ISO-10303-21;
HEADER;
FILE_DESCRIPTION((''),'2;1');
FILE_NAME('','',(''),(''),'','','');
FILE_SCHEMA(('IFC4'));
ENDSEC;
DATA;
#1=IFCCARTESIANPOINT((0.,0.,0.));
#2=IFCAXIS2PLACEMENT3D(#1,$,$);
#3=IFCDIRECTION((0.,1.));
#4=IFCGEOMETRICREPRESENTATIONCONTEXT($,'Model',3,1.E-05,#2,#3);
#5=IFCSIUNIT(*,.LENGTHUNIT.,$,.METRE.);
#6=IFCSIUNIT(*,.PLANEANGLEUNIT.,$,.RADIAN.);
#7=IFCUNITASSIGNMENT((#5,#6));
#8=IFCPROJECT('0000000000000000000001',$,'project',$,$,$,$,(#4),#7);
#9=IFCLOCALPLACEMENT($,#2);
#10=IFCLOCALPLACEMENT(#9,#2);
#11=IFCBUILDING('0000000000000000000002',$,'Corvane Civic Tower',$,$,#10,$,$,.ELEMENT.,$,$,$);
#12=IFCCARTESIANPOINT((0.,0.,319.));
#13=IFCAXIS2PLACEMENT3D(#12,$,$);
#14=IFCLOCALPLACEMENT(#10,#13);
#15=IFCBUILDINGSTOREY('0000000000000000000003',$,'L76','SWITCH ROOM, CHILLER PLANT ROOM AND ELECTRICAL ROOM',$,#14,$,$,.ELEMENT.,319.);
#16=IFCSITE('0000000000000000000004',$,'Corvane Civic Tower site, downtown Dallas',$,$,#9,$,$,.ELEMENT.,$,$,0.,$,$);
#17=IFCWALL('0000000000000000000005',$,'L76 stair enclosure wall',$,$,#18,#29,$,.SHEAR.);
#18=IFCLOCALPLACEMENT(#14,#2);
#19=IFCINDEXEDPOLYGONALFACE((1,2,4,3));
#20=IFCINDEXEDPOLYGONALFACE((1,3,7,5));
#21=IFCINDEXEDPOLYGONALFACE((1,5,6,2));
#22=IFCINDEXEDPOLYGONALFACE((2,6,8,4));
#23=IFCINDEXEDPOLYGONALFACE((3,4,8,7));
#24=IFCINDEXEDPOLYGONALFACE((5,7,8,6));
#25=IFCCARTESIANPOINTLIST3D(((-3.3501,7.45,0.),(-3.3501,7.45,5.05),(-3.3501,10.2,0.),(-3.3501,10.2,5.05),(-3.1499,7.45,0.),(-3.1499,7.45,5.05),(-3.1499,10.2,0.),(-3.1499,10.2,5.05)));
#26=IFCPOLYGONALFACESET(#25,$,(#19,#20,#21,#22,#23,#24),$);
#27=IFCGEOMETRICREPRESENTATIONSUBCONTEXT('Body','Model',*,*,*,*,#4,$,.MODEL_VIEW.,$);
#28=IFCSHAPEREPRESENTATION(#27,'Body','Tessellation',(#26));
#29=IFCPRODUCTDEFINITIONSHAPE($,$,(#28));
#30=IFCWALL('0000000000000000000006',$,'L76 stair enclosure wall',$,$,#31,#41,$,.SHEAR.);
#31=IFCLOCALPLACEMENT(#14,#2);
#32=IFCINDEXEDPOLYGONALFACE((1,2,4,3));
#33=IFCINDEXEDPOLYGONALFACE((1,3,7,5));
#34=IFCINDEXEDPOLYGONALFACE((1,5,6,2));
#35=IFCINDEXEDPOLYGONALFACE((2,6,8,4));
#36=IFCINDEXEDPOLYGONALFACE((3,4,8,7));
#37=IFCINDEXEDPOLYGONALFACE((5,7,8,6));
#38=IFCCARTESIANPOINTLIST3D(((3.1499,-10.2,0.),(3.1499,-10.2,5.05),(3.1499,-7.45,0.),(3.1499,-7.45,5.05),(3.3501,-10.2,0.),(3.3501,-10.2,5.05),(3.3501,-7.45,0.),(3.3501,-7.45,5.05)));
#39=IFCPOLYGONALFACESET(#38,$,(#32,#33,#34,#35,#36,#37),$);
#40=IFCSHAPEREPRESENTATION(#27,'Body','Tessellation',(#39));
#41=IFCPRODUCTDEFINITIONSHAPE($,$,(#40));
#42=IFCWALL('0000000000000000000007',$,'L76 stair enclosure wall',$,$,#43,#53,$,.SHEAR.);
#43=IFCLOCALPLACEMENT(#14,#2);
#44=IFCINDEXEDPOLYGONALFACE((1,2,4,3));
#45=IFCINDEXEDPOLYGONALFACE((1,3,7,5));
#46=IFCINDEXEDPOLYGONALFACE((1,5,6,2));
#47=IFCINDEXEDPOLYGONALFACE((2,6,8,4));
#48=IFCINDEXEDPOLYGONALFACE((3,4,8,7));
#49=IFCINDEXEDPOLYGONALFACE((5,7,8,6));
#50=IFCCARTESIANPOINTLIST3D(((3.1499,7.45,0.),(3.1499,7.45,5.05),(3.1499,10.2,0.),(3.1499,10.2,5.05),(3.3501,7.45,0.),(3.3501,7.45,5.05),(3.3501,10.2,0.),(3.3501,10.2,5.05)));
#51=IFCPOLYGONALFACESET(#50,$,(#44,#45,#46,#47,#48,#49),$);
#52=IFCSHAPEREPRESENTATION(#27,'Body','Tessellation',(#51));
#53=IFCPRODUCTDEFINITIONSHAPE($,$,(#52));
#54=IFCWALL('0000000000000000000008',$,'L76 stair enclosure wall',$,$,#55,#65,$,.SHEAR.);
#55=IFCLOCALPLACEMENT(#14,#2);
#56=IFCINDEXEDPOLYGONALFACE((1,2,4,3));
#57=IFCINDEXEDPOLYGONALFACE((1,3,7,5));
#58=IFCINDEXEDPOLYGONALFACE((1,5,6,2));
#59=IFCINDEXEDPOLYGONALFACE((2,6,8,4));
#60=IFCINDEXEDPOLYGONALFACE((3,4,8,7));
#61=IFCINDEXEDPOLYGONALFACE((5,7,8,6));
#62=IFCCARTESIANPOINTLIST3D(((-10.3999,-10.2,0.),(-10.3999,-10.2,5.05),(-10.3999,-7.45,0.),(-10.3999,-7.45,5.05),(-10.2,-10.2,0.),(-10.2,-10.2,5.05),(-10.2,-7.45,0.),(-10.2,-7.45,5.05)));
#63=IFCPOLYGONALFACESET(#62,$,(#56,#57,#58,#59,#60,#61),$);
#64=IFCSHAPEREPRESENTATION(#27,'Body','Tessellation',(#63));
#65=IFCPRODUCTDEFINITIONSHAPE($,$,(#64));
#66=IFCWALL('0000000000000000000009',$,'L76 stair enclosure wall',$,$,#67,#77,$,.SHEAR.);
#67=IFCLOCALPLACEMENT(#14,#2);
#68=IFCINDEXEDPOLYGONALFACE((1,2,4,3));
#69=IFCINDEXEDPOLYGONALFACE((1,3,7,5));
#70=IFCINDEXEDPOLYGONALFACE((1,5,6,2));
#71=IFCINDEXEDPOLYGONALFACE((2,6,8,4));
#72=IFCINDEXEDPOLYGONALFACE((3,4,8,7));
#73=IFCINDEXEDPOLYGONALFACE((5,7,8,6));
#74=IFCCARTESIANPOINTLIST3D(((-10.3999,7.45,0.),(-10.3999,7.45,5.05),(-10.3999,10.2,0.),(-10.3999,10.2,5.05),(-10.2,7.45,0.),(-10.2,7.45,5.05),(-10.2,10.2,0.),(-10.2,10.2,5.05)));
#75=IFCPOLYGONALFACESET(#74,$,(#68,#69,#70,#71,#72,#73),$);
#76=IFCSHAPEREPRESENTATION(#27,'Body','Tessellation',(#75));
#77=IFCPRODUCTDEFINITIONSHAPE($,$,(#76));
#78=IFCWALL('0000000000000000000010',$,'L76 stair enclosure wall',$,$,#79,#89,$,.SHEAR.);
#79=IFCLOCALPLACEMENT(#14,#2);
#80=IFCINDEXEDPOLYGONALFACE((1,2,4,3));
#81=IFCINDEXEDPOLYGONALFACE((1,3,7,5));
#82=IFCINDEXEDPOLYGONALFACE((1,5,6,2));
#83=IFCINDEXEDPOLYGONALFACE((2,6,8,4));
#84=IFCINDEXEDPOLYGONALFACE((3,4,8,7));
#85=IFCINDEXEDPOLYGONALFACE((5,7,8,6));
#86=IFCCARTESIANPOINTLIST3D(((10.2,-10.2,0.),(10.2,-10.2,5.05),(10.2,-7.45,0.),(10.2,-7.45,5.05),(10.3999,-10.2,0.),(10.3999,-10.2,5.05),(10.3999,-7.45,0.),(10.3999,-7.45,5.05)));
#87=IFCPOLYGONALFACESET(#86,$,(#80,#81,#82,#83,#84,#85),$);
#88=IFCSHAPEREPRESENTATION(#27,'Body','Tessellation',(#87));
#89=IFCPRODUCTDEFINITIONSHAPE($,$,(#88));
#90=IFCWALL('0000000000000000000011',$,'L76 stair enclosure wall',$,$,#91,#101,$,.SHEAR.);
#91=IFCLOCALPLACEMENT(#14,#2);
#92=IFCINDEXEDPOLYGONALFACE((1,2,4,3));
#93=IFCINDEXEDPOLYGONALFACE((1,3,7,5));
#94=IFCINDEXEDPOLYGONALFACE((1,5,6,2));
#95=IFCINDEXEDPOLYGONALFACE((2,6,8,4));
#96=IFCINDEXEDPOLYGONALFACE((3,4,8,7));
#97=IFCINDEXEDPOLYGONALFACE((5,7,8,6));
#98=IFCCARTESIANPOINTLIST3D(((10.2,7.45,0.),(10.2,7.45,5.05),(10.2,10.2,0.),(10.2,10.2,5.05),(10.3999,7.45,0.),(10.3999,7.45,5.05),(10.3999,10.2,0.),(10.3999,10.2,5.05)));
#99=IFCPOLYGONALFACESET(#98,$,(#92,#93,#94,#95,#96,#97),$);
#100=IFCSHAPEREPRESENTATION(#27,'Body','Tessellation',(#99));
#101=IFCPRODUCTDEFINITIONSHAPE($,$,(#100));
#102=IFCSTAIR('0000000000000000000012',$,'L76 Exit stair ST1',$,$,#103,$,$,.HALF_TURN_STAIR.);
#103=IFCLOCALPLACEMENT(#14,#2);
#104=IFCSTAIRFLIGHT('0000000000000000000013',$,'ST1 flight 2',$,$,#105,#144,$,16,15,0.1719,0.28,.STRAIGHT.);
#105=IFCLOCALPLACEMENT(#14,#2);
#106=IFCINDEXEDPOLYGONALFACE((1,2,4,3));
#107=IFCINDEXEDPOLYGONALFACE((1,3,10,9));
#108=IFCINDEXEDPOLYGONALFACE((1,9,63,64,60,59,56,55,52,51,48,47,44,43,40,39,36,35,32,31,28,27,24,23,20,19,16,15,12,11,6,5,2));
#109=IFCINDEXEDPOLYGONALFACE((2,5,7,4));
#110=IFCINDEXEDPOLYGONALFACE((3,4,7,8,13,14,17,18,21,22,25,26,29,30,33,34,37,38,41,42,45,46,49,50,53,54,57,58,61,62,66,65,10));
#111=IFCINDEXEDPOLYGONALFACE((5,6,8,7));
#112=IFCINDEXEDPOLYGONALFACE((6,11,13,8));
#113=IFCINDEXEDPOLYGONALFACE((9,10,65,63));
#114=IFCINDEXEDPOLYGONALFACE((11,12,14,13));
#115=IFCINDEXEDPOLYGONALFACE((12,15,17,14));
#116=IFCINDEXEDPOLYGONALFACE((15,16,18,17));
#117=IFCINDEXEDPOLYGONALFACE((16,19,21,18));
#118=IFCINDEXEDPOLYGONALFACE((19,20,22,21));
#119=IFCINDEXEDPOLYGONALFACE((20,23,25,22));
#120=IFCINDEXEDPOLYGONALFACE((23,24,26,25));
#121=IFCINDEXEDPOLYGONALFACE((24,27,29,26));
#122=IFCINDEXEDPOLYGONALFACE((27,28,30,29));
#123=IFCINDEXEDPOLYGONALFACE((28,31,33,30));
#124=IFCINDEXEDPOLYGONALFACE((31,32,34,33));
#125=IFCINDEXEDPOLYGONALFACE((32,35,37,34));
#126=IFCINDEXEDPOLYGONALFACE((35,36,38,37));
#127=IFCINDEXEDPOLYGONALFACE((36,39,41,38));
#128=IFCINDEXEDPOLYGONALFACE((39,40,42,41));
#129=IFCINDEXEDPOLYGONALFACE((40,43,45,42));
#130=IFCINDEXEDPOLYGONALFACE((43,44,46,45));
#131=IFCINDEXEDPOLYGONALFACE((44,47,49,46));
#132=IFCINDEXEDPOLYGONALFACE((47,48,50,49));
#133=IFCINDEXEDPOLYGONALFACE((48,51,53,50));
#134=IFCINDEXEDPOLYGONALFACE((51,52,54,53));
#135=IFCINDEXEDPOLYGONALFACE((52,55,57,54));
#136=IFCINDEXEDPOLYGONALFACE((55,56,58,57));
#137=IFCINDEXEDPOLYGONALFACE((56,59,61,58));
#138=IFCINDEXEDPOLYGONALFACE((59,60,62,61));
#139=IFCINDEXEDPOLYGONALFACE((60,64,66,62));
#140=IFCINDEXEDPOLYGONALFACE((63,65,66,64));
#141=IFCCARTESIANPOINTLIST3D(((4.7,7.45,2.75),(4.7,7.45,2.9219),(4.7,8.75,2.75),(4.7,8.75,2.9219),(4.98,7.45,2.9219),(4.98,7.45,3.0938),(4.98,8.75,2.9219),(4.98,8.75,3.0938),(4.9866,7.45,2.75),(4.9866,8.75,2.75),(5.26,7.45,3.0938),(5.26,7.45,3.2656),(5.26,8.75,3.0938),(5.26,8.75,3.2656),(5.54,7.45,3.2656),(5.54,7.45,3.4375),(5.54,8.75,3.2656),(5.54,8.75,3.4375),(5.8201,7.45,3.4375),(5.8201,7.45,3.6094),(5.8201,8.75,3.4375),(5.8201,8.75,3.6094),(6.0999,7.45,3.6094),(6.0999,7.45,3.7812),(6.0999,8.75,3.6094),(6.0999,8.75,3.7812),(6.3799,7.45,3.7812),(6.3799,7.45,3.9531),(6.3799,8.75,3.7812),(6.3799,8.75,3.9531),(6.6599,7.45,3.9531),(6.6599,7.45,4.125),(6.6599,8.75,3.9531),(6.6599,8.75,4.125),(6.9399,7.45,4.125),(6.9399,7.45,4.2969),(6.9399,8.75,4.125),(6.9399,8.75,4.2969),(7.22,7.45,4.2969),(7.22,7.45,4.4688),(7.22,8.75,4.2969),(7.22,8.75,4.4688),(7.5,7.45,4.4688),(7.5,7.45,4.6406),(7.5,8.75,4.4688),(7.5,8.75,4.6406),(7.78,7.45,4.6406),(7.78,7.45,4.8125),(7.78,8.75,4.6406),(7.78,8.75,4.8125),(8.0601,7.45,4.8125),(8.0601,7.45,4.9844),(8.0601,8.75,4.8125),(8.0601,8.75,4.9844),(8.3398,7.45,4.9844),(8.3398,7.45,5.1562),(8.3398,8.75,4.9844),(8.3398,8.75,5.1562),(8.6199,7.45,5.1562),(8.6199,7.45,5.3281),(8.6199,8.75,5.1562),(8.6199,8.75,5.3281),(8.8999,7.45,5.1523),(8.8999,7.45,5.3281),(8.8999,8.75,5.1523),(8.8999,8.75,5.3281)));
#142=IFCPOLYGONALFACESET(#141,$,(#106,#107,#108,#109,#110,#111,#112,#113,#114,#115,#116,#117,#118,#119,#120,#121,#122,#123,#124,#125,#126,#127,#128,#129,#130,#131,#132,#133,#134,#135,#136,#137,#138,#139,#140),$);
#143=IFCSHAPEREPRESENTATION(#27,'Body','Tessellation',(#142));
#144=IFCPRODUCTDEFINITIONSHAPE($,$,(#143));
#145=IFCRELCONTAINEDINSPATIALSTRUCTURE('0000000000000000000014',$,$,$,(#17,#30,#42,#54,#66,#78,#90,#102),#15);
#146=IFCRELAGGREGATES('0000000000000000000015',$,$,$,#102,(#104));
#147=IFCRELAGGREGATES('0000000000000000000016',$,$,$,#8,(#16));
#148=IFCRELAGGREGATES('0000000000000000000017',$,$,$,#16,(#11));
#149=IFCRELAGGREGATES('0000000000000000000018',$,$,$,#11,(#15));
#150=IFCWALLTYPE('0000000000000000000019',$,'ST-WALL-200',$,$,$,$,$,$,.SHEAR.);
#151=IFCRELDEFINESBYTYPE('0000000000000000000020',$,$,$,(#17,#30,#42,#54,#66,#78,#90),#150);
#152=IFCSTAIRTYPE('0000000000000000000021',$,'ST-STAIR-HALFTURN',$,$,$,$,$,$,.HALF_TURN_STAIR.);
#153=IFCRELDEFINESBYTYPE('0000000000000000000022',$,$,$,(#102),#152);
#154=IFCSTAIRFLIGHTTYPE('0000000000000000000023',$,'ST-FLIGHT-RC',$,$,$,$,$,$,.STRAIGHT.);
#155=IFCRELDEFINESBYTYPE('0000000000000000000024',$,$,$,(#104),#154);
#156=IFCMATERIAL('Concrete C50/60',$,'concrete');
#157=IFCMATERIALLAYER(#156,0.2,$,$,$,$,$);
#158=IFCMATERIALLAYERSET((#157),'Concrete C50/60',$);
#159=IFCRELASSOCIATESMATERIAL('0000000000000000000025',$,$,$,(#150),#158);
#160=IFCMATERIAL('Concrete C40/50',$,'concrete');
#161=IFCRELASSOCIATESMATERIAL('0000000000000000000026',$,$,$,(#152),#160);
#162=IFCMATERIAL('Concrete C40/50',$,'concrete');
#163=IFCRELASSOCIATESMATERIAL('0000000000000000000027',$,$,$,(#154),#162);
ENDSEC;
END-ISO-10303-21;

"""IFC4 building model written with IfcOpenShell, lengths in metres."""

from ifc_helpers import new_model, si_unit, direction, frame, origin, place, context, subcontext, project, spatial, polyline, outline, extrude, material, layer, layer_set, type_object, element, aggregate, save


model = new_model("IFC4")

# Units and contexts
model_context = context("Model", 3, precision=1e-05, world=origin(), true_north=direction((0.0, 1.0)))
body_context = subcontext(model_context, "Body", "Model", "MODEL_VIEW")
ifc_project = project(units=[si_unit("LENGTHUNIT", "METRE"), si_unit("PLANEANGLEUNIT", "RADIAN")], contexts=[model_context])

# Site, building, storey
site_placement = place(None, origin())
site = spatial("IfcSite", under=ifc_project, at=site_placement, Name="Corvane Civic Tower site, downtown Dallas", CompositionType="ELEMENT", RefElevation=0.0)
building_placement = place(site_placement, origin())
building = spatial("IfcBuilding", under=site, at=building_placement, Name="Corvane Civic Tower", CompositionType="ELEMENT")
storey_placement = place(building_placement, frame((0.0, 0.0, 319.0)))
storey = spatial("IfcBuildingStorey", under=building, at=storey_placement, Name="L76", Description="SWITCH ROOM, CHILLER PLANT ROOM AND ELECTRICAL ROOM", CompositionType="ELEMENT", Elevation=319.0)

# Shared definitions
ifc_material_1 = material(Name="Concrete C50/60", Category="concrete")
ifc_layer = layer(ifc_material_1, 0.2)
ifc_layer_set = layer_set([ifc_layer], Name="Concrete C50/60")
wall_type = type_object("IfcWallType", Name="ST-WALL-200", PredefinedType="SHEAR", material=ifc_layer_set)

# Walls
wall_1_placement = place(storey_placement, origin())
element("IfcWall", 1, at=wall_1_placement, inside=storey, type_object=wall_type, Name="L76 stair enclosure wall", PredefinedType="SHEAR", context=body_context, shape_type="SweptSolid", body=[
    extrude(outline(polyline([(-3.1499, 7.45), (-3.3501, 7.45), (-3.3501, 10.2), (-3.1499, 10.2), (-3.1499, 7.45)])), origin(), (0.0, 0.0, 1.0), 5.05),
])
wall_2_placement = place(storey_placement, origin())
element("IfcWall", 2, at=wall_2_placement, inside=storey, type_object=wall_type, Name="L76 stair enclosure wall", PredefinedType="SHEAR", context=body_context, shape_type="SweptSolid", body=[
    extrude(outline(polyline([(3.3501, -7.45), (3.3501, -10.2), (3.1499, -10.2), (3.1499, -7.45), (3.3501, -7.45)])), origin(), (0.0, 0.0, 1.0), 5.05),
])
wall_3_placement = place(storey_placement, origin())
element("IfcWall", 3, at=wall_3_placement, inside=storey, type_object=wall_type, Name="L76 stair enclosure wall", PredefinedType="SHEAR", context=body_context, shape_type="SweptSolid", body=[
    extrude(outline(polyline([(3.3501, 7.45), (3.1499, 7.45), (3.1499, 10.2), (3.3501, 10.2), (3.3501, 7.45)])), origin(), (0.0, 0.0, 1.0), 5.05),
])
wall_4_placement = place(storey_placement, origin())
element("IfcWall", 4, at=wall_4_placement, inside=storey, type_object=wall_type, Name="L76 stair enclosure wall", PredefinedType="SHEAR", context=body_context, shape_type="SweptSolid", body=[
    extrude(outline(polyline([(-10.2, -7.45), (-10.2, -10.2), (-10.3999, -10.2), (-10.3999, -7.45), (-10.2, -7.45)])), origin(), (0.0, 0.0, 1.0), 5.05),
])
wall_5_placement = place(storey_placement, origin())
element("IfcWall", 5, at=wall_5_placement, inside=storey, type_object=wall_type, Name="L76 stair enclosure wall", PredefinedType="SHEAR", context=body_context, shape_type="SweptSolid", body=[
    extrude(outline(polyline([(-10.2, 7.45), (-10.3999, 7.45), (-10.3999, 10.2), (-10.2, 10.2), (-10.2, 7.45)])), origin(), (0.0, 0.0, 1.0), 5.05),
])
wall_6_placement = place(storey_placement, origin())
element("IfcWall", 6, at=wall_6_placement, inside=storey, type_object=wall_type, Name="L76 stair enclosure wall", PredefinedType="SHEAR", context=body_context, shape_type="SweptSolid", body=[
    extrude(outline(polyline([(10.3999, -7.45), (10.3999, -10.2), (10.2, -10.2), (10.2, -7.45), (10.3999, -7.45)])), origin(), (0.0, 0.0, 1.0), 5.05),
])
wall_7_placement = place(storey_placement, origin())
element("IfcWall", 7, at=wall_7_placement, inside=storey, type_object=wall_type, Name="L76 stair enclosure wall", PredefinedType="SHEAR", context=body_context, shape_type="SweptSolid", body=[
    extrude(outline(polyline([(10.3999, 7.45), (10.2, 7.45), (10.2, 10.2), (10.3999, 10.2), (10.3999, 7.45)])), origin(), (0.0, 0.0, 1.0), 5.05),
])

# Stair, stair flight
ifc_material_2 = material(Name="Concrete C40/50", Category="concrete")
stair_type = type_object("IfcStairType", Name="ST-STAIR-HALFTURN", PredefinedType="HALF_TURN_STAIR", material=ifc_material_2)
stair_placement = place(storey_placement, origin())
stair = element("IfcStair", 8, at=stair_placement, inside=storey, type_object=stair_type, Name="L76 Exit stair ST1", PredefinedType="HALF_TURN_STAIR")
ifc_material_3 = material(Name="Concrete C40/50", Category="concrete")
stair_flight_type = type_object("IfcStairFlightType", Name="ST-FLIGHT-RC", PredefinedType="STRAIGHT", material=ifc_material_3)
stair_flight_placement = place(storey_placement, frame((4.7, 8.1001, 2.75), z_axis=(0.0, 0.0, 1.0), x_axis=(1.0, 0.0, 0.0)))
stair_flight = element("IfcStairFlight", 9, at=stair_flight_placement, type_object=stair_flight_type, Name="ST1 flight 2", NumberOfRisers=16, NumberOfTreads=15, PredefinedType="STRAIGHT", RiserHeight=0.1719, TreadLength=0.28, context=body_context, shape_type="SweptSolid", body=[
    extrude(outline(polyline([(0.0, 0.0), (0.0, 0.1719), (0.28, 0.1719), (0.28, 0.3438), (0.5601, 0.3438), (0.5601, 0.5156), (0.8401, 0.5156), (0.8401, 0.6875), (1.1201, 0.6875), (1.1201, 0.8594), (1.3999, 0.8594), (1.3999, 1.0312), (1.6799, 1.0312), (1.6799, 1.2031), (1.96, 1.2031), (1.96, 1.375), (2.24, 1.375), (2.24, 1.5469), (2.52, 1.5469), (2.52, 1.7188), (2.8, 1.7188), (2.8, 1.8906), (3.0801, 1.8906), (3.0801, 2.0625), (3.3601, 2.0625), (3.3601, 2.2344), (3.6399, 2.2344), (3.6399, 2.4062), (3.9199, 2.4062), (3.9199, 2.5781), (4.2, 2.5781), (4.2, 2.75), (4.2, 2.4023), (0.2866, 0.0), (0.0, 0.0)])), frame((0.0, 0.6499, 0.0), z_axis=(0.0, -1.0, 0.0), x_axis=(1.0, 0.0, 0.0)), (0.0, 0.0, 1.0), 1.3),
])
aggregate(stair, [stair_flight])

save(model, "model.ifc")
